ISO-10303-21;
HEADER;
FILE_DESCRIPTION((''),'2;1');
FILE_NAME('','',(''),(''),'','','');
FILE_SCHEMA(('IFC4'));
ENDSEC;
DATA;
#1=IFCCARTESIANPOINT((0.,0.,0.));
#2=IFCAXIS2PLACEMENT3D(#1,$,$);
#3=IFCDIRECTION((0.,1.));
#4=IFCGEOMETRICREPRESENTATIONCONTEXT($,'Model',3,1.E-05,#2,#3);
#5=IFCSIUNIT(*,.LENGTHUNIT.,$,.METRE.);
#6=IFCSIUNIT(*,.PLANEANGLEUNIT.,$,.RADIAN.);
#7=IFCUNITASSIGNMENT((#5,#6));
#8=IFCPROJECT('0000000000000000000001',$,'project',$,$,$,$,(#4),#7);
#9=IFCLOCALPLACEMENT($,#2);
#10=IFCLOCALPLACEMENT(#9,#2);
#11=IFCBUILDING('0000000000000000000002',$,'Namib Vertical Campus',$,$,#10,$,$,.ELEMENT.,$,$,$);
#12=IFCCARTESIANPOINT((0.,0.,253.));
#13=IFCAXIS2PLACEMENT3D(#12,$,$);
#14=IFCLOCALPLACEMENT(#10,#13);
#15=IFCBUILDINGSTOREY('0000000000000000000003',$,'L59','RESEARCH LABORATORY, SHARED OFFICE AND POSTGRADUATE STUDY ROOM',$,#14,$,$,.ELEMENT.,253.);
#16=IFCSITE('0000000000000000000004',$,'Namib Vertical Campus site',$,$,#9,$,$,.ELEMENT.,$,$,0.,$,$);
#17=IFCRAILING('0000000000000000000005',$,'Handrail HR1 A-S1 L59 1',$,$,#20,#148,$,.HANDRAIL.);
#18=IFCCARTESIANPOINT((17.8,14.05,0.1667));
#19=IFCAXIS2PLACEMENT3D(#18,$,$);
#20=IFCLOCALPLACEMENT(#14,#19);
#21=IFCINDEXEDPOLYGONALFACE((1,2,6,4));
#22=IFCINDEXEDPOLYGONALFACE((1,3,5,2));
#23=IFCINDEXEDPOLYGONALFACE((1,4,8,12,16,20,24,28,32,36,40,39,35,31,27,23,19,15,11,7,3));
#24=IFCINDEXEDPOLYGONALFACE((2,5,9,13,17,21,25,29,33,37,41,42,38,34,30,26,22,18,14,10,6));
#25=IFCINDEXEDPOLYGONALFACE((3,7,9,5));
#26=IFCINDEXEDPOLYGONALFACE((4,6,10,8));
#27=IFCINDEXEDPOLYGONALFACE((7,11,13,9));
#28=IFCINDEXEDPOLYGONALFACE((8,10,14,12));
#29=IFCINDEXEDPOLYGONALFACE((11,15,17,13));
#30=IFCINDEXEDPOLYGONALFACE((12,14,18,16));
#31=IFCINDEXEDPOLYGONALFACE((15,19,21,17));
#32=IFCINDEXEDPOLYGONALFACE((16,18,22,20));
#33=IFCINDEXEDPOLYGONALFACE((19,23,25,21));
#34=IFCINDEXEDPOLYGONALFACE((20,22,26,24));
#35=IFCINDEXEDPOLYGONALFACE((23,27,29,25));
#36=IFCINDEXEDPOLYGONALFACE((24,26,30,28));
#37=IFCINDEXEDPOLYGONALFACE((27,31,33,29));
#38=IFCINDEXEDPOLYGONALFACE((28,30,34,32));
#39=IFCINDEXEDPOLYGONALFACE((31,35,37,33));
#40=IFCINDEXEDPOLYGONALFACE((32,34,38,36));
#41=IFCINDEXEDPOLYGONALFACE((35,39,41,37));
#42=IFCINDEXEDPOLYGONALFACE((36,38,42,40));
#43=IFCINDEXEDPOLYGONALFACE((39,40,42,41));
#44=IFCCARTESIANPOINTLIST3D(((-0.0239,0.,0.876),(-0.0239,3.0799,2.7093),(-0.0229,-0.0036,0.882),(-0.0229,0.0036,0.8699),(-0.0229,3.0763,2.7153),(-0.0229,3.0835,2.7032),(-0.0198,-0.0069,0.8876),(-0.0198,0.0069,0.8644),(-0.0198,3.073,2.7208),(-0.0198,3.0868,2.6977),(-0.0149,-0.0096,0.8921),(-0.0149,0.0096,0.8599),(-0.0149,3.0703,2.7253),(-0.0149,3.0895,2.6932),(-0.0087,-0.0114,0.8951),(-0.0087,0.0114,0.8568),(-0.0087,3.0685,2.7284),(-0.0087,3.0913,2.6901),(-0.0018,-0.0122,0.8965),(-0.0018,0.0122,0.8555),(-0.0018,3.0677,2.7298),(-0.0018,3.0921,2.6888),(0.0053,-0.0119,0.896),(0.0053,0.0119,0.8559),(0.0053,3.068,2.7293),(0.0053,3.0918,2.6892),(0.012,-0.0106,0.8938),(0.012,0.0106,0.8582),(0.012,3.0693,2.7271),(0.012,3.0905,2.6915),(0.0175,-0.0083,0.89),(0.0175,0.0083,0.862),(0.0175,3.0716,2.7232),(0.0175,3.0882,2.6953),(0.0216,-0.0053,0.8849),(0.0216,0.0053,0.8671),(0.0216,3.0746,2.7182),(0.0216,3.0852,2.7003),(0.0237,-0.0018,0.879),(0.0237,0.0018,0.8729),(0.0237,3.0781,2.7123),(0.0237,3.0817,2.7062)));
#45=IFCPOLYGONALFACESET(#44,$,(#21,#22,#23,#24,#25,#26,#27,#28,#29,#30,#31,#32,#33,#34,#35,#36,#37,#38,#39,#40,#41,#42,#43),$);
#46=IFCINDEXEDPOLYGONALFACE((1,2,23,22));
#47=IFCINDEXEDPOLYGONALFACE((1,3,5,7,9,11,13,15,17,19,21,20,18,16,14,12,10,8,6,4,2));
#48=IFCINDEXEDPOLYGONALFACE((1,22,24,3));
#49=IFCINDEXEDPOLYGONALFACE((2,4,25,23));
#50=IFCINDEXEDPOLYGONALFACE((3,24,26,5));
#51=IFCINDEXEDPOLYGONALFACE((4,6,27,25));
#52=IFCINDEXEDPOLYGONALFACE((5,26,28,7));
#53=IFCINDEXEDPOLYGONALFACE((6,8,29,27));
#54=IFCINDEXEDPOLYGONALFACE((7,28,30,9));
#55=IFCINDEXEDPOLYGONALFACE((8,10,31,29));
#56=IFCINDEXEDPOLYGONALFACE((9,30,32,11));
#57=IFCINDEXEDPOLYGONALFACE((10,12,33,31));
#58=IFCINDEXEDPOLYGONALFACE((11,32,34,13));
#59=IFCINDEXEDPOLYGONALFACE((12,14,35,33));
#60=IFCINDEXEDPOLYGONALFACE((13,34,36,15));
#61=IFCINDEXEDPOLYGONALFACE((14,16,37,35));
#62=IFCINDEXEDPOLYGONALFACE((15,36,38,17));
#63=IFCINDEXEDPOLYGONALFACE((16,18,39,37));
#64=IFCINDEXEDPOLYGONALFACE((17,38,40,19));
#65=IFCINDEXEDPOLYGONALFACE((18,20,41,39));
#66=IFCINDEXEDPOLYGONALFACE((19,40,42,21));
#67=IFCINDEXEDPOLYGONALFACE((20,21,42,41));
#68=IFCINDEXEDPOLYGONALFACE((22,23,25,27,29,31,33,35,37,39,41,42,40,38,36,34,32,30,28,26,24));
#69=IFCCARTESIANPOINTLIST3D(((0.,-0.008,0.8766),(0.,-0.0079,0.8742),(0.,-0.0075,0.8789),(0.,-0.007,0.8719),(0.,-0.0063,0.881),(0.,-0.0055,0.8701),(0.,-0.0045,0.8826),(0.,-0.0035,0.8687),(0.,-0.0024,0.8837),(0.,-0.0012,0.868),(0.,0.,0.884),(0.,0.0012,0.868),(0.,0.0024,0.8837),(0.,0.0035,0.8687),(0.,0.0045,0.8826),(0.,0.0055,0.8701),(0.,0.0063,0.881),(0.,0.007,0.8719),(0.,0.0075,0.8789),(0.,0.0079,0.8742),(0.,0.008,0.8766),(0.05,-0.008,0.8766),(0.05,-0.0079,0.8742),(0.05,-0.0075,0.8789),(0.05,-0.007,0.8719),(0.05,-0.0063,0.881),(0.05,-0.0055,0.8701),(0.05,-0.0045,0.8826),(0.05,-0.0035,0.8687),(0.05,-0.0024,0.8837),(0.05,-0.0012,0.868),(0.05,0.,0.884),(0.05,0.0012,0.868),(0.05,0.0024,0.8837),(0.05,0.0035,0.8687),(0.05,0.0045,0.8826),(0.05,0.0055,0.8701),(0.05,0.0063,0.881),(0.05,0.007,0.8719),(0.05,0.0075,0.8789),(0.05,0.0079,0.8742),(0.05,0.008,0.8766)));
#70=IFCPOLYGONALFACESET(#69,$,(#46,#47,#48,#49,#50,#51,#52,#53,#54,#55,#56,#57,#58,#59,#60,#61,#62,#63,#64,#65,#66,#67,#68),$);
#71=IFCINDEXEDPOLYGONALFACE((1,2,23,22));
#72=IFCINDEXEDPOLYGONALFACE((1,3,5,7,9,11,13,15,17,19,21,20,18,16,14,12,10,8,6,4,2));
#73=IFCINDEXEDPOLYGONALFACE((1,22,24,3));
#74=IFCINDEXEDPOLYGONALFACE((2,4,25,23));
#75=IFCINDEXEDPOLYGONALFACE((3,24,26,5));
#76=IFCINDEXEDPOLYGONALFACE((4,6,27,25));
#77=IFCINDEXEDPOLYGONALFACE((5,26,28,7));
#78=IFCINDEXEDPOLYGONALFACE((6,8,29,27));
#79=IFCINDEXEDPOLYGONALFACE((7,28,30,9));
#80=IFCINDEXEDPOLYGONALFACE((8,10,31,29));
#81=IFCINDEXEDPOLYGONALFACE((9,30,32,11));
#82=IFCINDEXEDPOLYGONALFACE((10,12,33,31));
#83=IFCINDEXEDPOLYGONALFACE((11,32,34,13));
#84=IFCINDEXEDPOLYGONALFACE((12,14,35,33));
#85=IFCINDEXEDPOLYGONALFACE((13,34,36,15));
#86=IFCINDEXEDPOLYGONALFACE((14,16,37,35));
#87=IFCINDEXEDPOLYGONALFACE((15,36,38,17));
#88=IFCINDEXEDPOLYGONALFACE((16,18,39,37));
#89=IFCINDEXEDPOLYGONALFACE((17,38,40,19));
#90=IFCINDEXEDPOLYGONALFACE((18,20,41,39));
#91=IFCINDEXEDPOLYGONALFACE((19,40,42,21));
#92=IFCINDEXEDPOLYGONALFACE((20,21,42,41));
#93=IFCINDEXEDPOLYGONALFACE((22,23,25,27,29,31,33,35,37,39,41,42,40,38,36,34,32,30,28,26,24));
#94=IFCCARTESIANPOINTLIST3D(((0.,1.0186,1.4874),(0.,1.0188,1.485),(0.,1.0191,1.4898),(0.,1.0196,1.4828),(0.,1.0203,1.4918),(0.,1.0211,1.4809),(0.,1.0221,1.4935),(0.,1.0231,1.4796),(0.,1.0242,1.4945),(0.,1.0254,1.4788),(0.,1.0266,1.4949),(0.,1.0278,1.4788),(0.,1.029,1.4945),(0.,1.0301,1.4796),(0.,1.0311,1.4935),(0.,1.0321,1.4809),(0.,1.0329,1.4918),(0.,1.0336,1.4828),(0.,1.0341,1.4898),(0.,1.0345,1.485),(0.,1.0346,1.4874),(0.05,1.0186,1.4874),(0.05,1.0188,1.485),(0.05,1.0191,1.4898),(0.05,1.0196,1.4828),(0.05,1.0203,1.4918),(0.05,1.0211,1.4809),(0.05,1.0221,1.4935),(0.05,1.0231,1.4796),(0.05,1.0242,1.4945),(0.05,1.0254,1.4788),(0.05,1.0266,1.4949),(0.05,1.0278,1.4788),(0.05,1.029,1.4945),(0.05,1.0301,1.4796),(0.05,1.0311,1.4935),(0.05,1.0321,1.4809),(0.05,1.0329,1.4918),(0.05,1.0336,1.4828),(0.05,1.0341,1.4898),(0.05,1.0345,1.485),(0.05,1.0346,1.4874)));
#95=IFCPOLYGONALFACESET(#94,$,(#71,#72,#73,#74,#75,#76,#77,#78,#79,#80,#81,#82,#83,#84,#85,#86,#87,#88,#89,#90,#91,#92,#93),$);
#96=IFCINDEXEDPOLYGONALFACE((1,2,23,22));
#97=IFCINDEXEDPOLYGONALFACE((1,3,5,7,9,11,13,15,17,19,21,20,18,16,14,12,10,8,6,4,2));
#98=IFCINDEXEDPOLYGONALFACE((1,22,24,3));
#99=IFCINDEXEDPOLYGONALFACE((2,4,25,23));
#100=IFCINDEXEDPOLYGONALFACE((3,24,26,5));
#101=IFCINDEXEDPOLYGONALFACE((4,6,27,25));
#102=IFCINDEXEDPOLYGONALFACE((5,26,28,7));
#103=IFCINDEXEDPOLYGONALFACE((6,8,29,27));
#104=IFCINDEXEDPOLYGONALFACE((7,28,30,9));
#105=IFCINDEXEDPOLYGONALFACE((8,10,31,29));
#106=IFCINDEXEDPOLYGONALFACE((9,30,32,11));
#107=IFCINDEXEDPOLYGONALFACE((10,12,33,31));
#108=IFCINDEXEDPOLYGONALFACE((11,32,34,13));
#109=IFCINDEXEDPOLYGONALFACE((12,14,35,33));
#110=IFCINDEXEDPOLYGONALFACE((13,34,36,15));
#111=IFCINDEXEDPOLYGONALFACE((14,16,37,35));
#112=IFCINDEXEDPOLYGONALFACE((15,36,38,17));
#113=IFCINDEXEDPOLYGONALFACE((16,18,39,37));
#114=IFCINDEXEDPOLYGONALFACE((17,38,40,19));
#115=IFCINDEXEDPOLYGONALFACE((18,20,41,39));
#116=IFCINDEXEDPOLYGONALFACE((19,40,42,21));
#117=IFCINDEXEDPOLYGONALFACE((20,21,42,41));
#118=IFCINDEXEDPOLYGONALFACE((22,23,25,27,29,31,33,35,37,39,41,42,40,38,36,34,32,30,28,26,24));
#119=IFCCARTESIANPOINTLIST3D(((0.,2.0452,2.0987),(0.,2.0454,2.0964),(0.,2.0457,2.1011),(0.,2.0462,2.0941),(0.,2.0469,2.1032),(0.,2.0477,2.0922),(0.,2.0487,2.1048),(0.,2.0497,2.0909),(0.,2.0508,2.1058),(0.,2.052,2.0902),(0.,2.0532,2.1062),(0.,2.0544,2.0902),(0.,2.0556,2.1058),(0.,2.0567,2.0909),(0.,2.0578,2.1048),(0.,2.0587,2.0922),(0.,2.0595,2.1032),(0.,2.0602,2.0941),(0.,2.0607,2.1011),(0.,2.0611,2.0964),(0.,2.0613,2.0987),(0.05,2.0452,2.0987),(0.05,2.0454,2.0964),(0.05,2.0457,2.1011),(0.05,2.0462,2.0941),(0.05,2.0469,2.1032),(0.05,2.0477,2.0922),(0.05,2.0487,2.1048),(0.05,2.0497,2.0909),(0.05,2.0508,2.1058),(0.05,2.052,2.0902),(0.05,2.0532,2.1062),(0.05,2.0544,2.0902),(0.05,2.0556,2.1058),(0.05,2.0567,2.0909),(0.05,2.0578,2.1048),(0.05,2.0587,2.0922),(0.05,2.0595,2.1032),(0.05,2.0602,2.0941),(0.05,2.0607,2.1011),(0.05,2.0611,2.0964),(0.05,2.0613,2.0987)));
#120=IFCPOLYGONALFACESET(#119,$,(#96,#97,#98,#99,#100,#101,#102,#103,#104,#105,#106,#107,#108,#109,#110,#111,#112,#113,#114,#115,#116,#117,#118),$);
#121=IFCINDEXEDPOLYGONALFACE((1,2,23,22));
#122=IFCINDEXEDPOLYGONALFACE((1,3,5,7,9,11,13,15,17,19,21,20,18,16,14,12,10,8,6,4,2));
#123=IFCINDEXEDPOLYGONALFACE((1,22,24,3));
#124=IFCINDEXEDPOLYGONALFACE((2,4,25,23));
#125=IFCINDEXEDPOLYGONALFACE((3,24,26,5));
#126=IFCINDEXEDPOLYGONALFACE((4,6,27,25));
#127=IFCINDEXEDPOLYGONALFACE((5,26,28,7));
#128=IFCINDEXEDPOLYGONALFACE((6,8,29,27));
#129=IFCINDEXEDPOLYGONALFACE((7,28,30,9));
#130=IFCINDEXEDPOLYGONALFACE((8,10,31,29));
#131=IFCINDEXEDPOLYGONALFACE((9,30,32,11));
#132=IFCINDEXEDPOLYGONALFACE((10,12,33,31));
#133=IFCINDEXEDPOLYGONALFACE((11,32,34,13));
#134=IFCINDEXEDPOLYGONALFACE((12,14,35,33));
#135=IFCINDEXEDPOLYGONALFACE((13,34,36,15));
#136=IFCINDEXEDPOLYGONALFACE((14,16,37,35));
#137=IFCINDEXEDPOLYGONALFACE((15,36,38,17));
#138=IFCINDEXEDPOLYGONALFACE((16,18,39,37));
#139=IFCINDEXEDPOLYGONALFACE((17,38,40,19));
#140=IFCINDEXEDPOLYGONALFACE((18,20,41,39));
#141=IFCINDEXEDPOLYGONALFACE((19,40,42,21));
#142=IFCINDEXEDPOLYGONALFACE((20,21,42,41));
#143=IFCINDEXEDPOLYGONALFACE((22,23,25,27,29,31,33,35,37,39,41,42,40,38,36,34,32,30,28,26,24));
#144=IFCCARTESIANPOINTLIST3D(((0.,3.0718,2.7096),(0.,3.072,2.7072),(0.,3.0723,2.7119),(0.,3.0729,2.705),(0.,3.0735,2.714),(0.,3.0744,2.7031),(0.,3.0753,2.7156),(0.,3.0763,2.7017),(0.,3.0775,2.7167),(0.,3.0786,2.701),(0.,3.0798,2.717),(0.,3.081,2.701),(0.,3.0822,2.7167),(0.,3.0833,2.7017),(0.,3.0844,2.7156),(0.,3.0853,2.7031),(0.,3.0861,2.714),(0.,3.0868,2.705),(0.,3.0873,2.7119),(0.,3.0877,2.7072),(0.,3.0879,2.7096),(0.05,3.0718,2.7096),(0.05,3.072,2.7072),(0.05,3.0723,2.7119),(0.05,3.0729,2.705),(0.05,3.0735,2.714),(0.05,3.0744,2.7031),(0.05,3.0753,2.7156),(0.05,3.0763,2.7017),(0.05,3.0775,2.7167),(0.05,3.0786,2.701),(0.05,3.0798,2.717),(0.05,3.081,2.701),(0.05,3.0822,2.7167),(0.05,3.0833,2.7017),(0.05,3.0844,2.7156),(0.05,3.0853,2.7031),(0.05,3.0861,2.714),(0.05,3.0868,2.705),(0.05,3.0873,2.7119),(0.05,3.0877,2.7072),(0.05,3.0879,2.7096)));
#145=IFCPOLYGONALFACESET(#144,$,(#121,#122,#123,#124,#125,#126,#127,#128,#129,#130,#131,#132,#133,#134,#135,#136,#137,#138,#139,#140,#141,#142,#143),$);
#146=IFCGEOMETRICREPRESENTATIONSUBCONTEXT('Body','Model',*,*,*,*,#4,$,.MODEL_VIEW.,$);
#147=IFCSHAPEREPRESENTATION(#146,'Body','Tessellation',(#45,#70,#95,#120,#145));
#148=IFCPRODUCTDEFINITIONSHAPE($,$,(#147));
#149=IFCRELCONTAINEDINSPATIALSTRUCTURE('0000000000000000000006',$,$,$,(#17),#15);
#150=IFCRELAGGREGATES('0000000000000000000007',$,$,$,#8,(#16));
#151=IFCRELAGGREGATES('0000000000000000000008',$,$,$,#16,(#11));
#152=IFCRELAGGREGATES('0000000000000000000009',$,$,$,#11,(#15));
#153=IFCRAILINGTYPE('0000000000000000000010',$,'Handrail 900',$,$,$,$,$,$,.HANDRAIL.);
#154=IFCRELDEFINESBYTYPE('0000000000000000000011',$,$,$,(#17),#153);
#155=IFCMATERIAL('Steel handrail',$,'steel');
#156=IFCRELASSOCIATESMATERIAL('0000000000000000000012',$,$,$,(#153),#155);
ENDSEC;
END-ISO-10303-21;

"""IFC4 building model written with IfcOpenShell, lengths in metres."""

from ifc_helpers import new_model, si_unit, direction, frame, origin, origin_2d, place, context, subcontext, project, spatial, circle, extrude, material, type_object, element, save


model = new_model("IFC4")

# Units and contexts
model_context = context("Model", 3, precision=1e-05, world=origin(), true_north=direction((0.0, 1.0)))
body_context = subcontext(model_context, "Body", "Model", "MODEL_VIEW")
ifc_project = project(units=[si_unit("LENGTHUNIT", "METRE"), si_unit("PLANEANGLEUNIT", "RADIAN")], contexts=[model_context])

# Site, building, storey
site_placement = place(None, origin())
site = spatial("IfcSite", under=ifc_project, at=site_placement, Name="Namib Vertical Campus site", CompositionType="ELEMENT", RefElevation=0.0)
building_placement = place(site_placement, origin())
building = spatial("IfcBuilding", under=site, at=building_placement, Name="Namib Vertical Campus", CompositionType="ELEMENT")
storey_placement = place(building_placement, frame((0.0, 0.0, 253.0)))
storey = spatial("IfcBuildingStorey", under=building, at=storey_placement, Name="L59", Description="RESEARCH LABORATORY, SHARED OFFICE AND POSTGRADUATE STUDY ROOM", CompositionType="ELEMENT", Elevation=253.0)

# Railing
ifc_material_1 = material(Name="Steel handrail", Category="steel")
railing_type_1 = type_object("IfcRailingType", Name="Handrail 900", PredefinedType="HANDRAIL", material=ifc_material_1)
railing_1_placement = place(storey_placement, frame((17.8, 14.05, 0.1667)))
element("IfcRailing", 1, at=railing_1_placement, inside=storey, type_object=railing_type_1, Name="Handrail HR1 A-S1 L59 1", PredefinedType="HANDRAIL", context=body_context, shape_type="SweptSolid", body=[
    extrude(circle(Radius=0.0239, at=origin_2d()), frame((0.0, 0.0, 0.876), z_axis=(0.0, 0.859291, 0.511487), x_axis=(-1.0, 0.0, 0.0)), (0.0, 0.0, 1.0), 3.5842),
    extrude(circle(Radius=0.0081, at=origin_2d()), frame((0.0, 0.0, 0.876), z_axis=(1.0, 0.0, 0.0), x_axis=(0.0, 0.0, 1.0)), (0.0, 0.0, 1.0), 0.05),
    extrude(circle(Radius=0.0081, at=origin_2d()), frame((0.0, 1.0266, 1.4868), z_axis=(1.0, 0.0, 0.0), x_axis=(0.0, 0.0, 1.0)), (0.0, 0.0, 1.0), 0.05),
    extrude(circle(Radius=0.0081, at=origin_2d()), frame((0.0, 2.0532, 2.0981), z_axis=(1.0, 0.0, 0.0), x_axis=(0.0, 0.0, 1.0)), (0.0, 0.0, 1.0), 0.05),
    extrude(circle(Radius=0.0081, at=origin_2d()), frame((0.0, 3.0798, 2.709), z_axis=(1.0, 0.0, 0.0), x_axis=(0.0, 0.0, 1.0)), (0.0, 0.0, 1.0), 0.05),
])

save(model, "model.ifc")
